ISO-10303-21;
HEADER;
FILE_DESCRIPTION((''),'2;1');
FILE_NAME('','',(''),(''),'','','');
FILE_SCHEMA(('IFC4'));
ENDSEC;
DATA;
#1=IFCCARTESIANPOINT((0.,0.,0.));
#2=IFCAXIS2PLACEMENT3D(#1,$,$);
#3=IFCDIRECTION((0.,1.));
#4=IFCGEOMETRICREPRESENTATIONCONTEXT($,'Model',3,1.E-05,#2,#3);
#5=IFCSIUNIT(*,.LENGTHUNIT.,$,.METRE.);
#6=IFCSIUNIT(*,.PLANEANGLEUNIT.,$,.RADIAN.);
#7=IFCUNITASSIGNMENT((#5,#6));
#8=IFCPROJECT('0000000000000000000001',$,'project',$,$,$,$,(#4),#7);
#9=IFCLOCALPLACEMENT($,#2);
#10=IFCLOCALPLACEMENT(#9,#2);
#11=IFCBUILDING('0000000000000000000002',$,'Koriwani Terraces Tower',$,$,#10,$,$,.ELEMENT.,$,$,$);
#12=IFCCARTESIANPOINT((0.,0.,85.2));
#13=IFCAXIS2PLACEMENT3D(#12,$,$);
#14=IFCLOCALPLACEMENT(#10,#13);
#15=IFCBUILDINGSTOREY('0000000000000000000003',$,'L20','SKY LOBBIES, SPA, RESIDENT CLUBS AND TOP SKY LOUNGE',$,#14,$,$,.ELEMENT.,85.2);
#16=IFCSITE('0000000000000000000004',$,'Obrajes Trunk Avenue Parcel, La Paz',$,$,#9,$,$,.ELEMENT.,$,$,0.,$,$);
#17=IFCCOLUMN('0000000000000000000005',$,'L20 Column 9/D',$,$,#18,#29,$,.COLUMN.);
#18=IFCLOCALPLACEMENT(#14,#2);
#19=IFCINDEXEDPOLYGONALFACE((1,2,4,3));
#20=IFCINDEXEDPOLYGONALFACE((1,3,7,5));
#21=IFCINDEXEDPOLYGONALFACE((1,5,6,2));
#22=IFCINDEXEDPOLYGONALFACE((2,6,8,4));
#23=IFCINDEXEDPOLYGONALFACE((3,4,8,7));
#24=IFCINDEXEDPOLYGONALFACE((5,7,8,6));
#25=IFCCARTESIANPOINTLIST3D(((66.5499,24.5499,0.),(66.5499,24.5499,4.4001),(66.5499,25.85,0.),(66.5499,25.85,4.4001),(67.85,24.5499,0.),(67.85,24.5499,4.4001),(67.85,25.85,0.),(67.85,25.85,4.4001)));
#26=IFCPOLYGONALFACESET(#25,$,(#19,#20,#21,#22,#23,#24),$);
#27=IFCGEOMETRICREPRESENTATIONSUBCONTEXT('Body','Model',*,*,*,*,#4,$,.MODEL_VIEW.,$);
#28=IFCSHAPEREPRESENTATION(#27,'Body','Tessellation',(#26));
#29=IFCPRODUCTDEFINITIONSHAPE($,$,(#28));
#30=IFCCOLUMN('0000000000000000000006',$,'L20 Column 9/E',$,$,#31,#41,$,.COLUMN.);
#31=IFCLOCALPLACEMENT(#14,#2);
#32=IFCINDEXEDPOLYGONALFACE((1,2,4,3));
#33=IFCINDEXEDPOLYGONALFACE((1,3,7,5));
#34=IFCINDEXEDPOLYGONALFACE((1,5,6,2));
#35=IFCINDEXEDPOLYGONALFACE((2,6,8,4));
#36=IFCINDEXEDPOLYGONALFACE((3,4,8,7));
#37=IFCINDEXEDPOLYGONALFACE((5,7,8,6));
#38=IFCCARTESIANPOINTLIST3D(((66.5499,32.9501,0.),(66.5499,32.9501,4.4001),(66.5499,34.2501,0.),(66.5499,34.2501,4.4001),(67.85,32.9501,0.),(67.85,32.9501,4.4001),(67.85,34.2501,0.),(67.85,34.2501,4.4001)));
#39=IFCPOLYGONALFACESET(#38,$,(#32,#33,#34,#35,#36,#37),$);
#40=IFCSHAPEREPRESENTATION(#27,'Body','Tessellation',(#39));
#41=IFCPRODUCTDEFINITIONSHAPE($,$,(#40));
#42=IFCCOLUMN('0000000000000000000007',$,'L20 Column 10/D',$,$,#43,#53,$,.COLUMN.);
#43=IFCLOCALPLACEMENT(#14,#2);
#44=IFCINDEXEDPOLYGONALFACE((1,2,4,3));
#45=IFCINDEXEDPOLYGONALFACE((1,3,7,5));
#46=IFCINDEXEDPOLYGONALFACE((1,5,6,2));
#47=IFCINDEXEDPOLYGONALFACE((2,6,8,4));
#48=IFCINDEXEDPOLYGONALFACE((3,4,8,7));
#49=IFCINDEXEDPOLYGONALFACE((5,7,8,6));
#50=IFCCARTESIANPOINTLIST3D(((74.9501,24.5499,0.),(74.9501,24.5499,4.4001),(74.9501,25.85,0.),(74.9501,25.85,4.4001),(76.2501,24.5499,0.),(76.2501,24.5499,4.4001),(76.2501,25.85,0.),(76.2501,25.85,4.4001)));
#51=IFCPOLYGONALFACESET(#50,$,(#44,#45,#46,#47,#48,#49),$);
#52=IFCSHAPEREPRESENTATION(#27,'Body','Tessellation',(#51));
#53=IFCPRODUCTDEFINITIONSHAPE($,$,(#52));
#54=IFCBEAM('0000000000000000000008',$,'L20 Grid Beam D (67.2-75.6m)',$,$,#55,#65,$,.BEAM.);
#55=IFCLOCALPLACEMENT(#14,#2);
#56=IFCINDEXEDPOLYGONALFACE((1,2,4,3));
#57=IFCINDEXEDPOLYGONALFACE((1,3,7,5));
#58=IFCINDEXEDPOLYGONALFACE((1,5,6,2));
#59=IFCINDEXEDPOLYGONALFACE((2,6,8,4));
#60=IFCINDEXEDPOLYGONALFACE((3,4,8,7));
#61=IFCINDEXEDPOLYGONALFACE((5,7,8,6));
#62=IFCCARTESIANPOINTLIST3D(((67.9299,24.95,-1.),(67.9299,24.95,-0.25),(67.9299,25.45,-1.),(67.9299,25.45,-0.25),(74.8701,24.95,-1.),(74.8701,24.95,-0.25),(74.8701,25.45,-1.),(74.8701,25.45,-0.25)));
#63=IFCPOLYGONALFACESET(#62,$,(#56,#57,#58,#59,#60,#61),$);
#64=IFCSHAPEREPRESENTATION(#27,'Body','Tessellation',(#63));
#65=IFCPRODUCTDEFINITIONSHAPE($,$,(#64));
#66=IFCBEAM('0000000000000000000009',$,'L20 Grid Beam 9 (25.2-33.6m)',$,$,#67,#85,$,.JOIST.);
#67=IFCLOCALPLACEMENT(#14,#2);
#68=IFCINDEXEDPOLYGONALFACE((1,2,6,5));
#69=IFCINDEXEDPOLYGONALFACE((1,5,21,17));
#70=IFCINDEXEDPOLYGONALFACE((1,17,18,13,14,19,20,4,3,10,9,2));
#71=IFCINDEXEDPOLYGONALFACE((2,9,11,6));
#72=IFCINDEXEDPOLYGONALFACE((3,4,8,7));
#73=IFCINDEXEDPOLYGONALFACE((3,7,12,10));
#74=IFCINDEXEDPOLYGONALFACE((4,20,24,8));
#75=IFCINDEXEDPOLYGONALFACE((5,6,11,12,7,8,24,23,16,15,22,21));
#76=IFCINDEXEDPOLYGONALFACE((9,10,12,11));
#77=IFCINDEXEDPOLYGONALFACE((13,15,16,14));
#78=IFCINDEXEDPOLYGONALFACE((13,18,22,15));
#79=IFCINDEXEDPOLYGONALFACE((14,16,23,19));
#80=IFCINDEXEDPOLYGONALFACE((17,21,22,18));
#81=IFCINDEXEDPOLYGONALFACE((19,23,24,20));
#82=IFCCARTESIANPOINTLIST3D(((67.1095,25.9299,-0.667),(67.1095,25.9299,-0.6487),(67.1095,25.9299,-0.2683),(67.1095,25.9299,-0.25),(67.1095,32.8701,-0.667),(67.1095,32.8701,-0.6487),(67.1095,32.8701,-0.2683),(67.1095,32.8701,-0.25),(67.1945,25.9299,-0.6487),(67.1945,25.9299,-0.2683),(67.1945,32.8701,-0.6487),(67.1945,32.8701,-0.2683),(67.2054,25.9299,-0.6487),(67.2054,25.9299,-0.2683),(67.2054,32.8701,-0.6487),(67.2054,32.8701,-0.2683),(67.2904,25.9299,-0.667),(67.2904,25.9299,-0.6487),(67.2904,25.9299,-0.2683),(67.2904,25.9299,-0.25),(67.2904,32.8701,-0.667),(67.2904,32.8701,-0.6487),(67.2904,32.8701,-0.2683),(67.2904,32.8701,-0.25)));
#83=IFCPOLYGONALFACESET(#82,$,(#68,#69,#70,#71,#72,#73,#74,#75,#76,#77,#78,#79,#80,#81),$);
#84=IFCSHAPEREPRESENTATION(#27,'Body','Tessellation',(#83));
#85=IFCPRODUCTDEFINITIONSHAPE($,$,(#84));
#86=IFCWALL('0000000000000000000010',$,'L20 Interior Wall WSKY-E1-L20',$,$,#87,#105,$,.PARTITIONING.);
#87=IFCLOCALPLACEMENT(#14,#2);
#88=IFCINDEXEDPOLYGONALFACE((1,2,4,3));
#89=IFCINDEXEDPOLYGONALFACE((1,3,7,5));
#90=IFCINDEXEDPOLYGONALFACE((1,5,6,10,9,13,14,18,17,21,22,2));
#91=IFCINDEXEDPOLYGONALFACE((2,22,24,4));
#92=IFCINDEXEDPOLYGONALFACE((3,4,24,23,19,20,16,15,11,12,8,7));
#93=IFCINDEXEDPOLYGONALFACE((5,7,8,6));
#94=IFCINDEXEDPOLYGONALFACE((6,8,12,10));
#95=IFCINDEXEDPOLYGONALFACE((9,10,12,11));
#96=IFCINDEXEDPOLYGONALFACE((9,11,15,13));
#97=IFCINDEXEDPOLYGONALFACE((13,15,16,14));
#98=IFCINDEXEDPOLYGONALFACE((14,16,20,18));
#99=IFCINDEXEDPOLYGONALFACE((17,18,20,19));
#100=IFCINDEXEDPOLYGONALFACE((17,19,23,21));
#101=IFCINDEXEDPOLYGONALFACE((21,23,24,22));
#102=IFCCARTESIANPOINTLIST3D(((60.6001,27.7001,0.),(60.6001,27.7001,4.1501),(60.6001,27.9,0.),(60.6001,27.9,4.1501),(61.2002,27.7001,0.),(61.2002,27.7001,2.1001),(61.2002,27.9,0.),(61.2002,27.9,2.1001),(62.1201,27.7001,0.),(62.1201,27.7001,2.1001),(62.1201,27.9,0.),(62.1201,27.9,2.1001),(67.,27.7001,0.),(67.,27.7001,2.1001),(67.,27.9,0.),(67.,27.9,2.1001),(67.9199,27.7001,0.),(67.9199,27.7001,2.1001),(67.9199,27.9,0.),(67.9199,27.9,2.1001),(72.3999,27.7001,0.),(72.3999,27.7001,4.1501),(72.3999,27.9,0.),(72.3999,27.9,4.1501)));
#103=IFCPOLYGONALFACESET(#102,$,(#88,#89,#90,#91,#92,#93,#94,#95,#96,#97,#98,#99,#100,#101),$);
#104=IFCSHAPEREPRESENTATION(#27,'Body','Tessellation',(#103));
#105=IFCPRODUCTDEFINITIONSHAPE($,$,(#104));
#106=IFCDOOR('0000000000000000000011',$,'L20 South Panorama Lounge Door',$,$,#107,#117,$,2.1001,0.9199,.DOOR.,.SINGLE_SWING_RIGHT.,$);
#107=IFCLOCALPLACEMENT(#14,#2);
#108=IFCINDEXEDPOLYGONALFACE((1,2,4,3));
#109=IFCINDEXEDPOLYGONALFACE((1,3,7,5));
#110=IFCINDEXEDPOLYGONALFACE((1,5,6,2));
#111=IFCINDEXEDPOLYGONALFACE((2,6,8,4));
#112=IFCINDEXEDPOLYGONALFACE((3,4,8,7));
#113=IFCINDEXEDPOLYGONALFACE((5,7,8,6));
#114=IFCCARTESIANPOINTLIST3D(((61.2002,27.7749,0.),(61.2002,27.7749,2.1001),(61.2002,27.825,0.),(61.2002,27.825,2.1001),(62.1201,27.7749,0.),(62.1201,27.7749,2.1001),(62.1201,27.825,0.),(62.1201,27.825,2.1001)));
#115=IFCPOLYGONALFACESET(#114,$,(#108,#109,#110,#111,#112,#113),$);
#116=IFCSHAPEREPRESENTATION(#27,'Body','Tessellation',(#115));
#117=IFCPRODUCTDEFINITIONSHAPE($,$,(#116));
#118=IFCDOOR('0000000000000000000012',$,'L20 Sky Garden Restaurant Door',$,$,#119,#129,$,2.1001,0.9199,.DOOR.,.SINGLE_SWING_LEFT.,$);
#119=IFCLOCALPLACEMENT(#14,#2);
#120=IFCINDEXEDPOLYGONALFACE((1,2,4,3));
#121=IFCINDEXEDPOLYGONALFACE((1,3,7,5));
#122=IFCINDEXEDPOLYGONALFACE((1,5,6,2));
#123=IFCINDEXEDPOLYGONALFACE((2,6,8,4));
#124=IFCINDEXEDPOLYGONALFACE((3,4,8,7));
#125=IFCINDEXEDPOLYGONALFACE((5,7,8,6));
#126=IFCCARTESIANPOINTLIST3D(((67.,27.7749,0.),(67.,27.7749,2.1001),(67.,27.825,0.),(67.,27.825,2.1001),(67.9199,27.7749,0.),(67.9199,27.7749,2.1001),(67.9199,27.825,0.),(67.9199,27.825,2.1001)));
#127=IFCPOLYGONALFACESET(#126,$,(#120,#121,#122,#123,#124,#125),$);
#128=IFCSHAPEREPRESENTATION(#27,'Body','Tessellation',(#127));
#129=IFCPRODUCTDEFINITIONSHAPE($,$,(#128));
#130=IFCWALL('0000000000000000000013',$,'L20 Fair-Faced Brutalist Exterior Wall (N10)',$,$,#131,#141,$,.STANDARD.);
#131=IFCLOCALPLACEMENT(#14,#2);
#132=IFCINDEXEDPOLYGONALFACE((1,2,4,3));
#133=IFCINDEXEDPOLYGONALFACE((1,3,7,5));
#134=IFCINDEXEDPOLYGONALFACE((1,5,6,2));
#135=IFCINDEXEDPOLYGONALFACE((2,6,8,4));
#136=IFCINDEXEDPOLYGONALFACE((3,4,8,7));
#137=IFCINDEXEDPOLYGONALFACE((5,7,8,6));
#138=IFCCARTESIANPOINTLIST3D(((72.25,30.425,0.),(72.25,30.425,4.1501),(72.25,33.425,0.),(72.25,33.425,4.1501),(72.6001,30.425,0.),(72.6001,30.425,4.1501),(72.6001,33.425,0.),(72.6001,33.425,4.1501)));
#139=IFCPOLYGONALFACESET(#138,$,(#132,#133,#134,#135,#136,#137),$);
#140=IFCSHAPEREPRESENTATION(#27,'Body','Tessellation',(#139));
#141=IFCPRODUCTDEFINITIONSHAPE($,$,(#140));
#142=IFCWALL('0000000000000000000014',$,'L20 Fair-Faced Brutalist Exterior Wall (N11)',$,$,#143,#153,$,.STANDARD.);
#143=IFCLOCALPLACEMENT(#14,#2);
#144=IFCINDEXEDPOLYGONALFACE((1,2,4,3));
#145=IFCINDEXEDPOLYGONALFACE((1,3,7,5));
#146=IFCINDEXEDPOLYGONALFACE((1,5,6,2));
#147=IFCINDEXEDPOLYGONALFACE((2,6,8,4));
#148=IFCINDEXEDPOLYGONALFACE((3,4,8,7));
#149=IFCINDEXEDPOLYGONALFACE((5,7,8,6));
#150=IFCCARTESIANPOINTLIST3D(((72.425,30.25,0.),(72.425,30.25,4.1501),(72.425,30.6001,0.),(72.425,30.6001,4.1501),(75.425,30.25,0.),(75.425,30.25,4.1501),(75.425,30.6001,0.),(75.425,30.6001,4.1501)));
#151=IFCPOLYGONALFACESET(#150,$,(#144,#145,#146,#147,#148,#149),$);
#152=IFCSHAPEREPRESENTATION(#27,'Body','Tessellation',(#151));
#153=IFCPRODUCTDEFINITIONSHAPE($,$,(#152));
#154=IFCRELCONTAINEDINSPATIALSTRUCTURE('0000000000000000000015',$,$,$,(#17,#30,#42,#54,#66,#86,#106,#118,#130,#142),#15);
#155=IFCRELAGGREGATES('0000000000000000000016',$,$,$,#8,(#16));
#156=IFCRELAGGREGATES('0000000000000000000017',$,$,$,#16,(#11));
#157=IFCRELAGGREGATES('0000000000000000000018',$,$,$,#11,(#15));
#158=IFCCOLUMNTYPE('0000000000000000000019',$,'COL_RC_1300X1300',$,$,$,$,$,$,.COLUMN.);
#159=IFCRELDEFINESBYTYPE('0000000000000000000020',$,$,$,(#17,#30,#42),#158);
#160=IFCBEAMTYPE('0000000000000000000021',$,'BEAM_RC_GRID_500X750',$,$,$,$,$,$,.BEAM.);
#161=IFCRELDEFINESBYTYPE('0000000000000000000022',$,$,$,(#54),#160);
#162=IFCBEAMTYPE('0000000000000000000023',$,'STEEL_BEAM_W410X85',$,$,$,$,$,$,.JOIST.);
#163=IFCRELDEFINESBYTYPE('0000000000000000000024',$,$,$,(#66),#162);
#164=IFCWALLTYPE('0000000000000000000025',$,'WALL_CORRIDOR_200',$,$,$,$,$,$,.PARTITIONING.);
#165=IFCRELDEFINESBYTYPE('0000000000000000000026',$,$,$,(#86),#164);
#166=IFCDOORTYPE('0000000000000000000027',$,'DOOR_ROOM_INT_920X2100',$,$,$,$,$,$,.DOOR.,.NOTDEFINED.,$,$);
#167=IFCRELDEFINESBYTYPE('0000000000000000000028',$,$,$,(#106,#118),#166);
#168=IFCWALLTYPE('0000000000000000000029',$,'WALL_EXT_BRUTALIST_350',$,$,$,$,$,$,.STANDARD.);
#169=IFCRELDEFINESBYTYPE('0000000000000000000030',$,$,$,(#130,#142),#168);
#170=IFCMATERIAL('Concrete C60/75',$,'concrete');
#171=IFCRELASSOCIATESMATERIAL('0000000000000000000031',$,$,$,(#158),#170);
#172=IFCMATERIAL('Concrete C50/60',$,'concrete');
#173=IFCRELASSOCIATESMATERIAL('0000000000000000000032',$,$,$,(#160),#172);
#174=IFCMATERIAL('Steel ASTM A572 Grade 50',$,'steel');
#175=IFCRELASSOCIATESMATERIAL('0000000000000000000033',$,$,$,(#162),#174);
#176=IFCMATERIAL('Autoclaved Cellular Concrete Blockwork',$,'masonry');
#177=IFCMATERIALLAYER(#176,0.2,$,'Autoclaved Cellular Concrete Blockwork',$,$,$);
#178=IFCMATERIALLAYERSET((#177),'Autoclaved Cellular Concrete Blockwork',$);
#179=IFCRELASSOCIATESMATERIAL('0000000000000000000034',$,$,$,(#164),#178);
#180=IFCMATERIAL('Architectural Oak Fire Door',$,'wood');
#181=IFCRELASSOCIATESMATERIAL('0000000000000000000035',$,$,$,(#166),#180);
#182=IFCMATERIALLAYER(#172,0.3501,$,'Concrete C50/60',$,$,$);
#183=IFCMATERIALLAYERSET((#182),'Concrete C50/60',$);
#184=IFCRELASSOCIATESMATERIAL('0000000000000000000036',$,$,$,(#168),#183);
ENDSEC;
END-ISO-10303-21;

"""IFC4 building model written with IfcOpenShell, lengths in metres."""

from ifc_helpers import new_model, si_unit, direction, frame, frame_2d, origin, origin_2d, place, context, subcontext, project, spatial, rectangle, i_section, extrude, material, layer, layer_set, material_profile, profile_set, type_object, element, fill, save


model = new_model("IFC4")

# Units and contexts
model_context = context("Model", 3, precision=1e-05, world=origin(), true_north=direction((0.0, 1.0)))
body_context = subcontext(model_context, "Body", "Model", "MODEL_VIEW")
ifc_project = project(units=[si_unit("LENGTHUNIT", "METRE"), si_unit("PLANEANGLEUNIT", "RADIAN")], contexts=[model_context])

# Site, building, storey
site_placement = place(None, origin())
site = spatial("IfcSite", under=ifc_project, at=site_placement, Name="Obrajes Trunk Avenue Parcel, La Paz", CompositionType="ELEMENT", RefElevation=0.0)
building_placement = place(site_placement, origin())
building = spatial("IfcBuilding", under=site, at=building_placement, Name="Koriwani Terraces Tower", CompositionType="ELEMENT")
storey_placement = place(building_placement, frame((0.0, 0.0, 85.2)))
storey = spatial("IfcBuildingStorey", under=building, at=storey_placement, Name="L20", Description="SKY LOBBIES, SPA, RESIDENT CLUBS AND TOP SKY LOUNGE", CompositionType="ELEMENT", Elevation=85.2)

# Columns
ifc_material_1 = material(Name="Concrete C60/75", Category="concrete")
ifc_material_profile_1 = material_profile(ifc_material_1, rectangle(XDim=1.3, YDim=1.3, at=origin_2d()), Name="Concrete C60/75", Category="LoadBearing")
ifc_profile_set_1 = profile_set([ifc_material_profile_1], Name="Concrete C60/75")
column_type = type_object("IfcColumnType", Name="COL_RC_1300X1300", PredefinedType="COLUMN", material=ifc_profile_set_1)
for number, where, z_axis, x_axis, name in (
    (1, (67.2, 25.2, 0.0), (0.0, 0.0, 1.0), (1.0, 0.0, 0.0), "L20 Column 9/D"),
    (2, (67.2, 33.6001, 0.0), (0.0, 0.0, 1.0), (1.0, 0.0, 0.0), "L20 Column 9/E"),
    (3, (75.6001, 25.2, 0.0), (0.0, 0.0, 1.0), (1.0, 0.0, 0.0), "L20 Column 10/D"),
):
    element("IfcColumn", number, at=place(storey_placement, frame(where, z_axis=z_axis, x_axis=x_axis)), inside=storey, type_object=column_type, Name=name, PredefinedType="COLUMN", context=body_context, shape_type="SweptSolid", body=[
        extrude(rectangle(XDim=1.3, YDim=1.3, at=origin_2d()), origin(), (0.0, 0.0, 1.0), 4.4001),
    ])

# Beams
ifc_material_2 = material(Name="Concrete C50/60", Category="concrete")
ifc_material_profile_2 = material_profile(ifc_material_2, rectangle(XDim=0.5, YDim=0.75, at=origin_2d()), Name="Concrete C50/60", Category="LoadBearing")
ifc_profile_set_2 = profile_set([ifc_material_profile_2], Name="Concrete C50/60")
beam_type_1 = type_object("IfcBeamType", Name="BEAM_RC_GRID_500X750", PredefinedType="BEAM", material=ifc_profile_set_2)
beam_1_placement = place(storey_placement, frame((67.9299, 25.2, -0.625), z_axis=(1.0, 0.0, 0.0), x_axis=(0.0, 1.0, 0.0)))
element("IfcBeam", 4, at=beam_1_placement, inside=storey, type_object=beam_type_1, Name="L20 Grid Beam D (67.2-75.6m)", PredefinedType="BEAM", context=body_context, shape_type="SweptSolid", body=[
    extrude(rectangle(XDim=0.5, YDim=0.75, at=origin_2d()), origin(), (0.0, 0.0, 1.0), 6.9402),
])
ifc_material_3 = material(Name="Steel ASTM A572 Grade 50", Category="steel")
ifc_material_profile_3 = material_profile(ifc_material_3, i_section(OverallWidth=0.1809, OverallDepth=0.417, WebThickness=0.011, FlangeThickness=0.0183, at=origin_2d()), Name="Steel ASTM A572 Grade 50", Category="LoadBearing")
ifc_profile_set_3 = profile_set([ifc_material_profile_3], Name="Steel ASTM A572 Grade 50")
beam_type_2 = type_object("IfcBeamType", Name="STEEL_BEAM_W410X85", PredefinedType="JOIST", material=ifc_profile_set_3)
beam_2_placement = place(storey_placement, frame((67.2, 25.9299, -0.4585), z_axis=(0.0, 1.0, 0.0), x_axis=(-1.0, 0.0, 0.0)))
element("IfcBeam", 5, at=beam_2_placement, inside=storey, type_object=beam_type_2, Name="L20 Grid Beam 9 (25.2-33.6m)", PredefinedType="JOIST", context=body_context, shape_type="SweptSolid", body=[
    extrude(i_section(OverallWidth=0.1809, OverallDepth=0.417, WebThickness=0.011, FlangeThickness=0.0183, at=origin_2d()), origin(), (0.0, 0.0, 1.0), 6.9402),
])

# Wall, openings, doors
ifc_material_4 = material(Name="Autoclaved Cellular Concrete Blockwork", Category="masonry")
ifc_layer_1 = layer(ifc_material_4, 0.2, Name="Autoclaved Cellular Concrete Blockwork")
ifc_layer_set_1 = layer_set([ifc_layer_1], Name="Autoclaved Cellular Concrete Blockwork")
wall_type_1 = type_object("IfcWallType", Name="WALL_CORRIDOR_200", PredefinedType="PARTITIONING", material=ifc_layer_set_1)
wall_1_placement = place(storey_placement, frame((60.6001, 27.8, 0.0), z_axis=(0.0, 0.0, 1.0), x_axis=(1.0, 0.0, 0.0)))
wall_1 = element("IfcWall", 6, at=wall_1_placement, inside=storey, type_object=wall_type_1, Name="L20 Interior Wall WSKY-E1-L20", PredefinedType="PARTITIONING", context=body_context, shape_type="SweptSolid", body=[
    extrude(rectangle(XDim=11.7998, YDim=0.2, at=frame_2d((5.8999, 0.0))), origin(), (0.0, 0.0, 1.0), 4.1501),
])
opening_1_placement = place(wall_1_placement, frame((0.6001, 0.0, 0.0)))
opening_1 = element("IfcOpeningElement", 7, at=opening_1_placement, cuts=wall_1, PredefinedType="OPENING", context=body_context, shape_type="SweptSolid", body=[
    extrude(rectangle(XDim=0.9199, YDim=2.1001, at=frame_2d((0.46, 1.05))), frame((0.0, 0.1099, 0.0), z_axis=(0.0, -1.0, 0.0), x_axis=(1.0, 0.0, 0.0)), (0.0, 0.0, 1.0), 0.22),
])
opening_2_placement = place(wall_1_placement, frame((6.3999, 0.0, 0.0)))
opening_2 = element("IfcOpeningElement", 8, at=opening_2_placement, cuts=wall_1, PredefinedType="OPENING", context=body_context, shape_type="SweptSolid", body=[
    extrude(rectangle(XDim=0.9199, YDim=2.1001, at=frame_2d((0.46, 1.05))), frame((0.0, 0.1099, 0.0), z_axis=(0.0, -1.0, 0.0), x_axis=(1.0, 0.0, 0.0)), (0.0, 0.0, 1.0), 0.22),
])
ifc_material_5 = material(Name="Architectural Oak Fire Door", Category="wood")
door_type_1 = type_object("IfcDoorType", Name="DOOR_ROOM_INT_920X2100", OperationType="NOTDEFINED", PredefinedType="DOOR", material=ifc_material_5)
door_1_placement = place(opening_1_placement, origin())
door_1 = element("IfcDoor", 9, at=door_1_placement, inside=storey, type_object=door_type_1, Name="L20 South Panorama Lounge Door", OperationType="SINGLE_SWING_RIGHT", OverallHeight=2.1001, OverallWidth=0.9199, PredefinedType="DOOR", context=body_context, shape_type="SweptSolid", body=[
    extrude(rectangle(XDim=0.9199, YDim=2.1001, at=frame_2d((0.46, 1.05))), frame((0.0, 0.0249, 0.0), z_axis=(0.0, -1.0, 0.0), x_axis=(1.0, 0.0, 0.0)), (0.0, 0.0, 1.0), 0.05),
])
fill(opening_1, door_1)
door_2_placement = place(opening_2_placement, origin())
door_2 = element("IfcDoor", 10, at=door_2_placement, inside=storey, type_object=door_type_1, Name="L20 Sky Garden Restaurant Door", OperationType="SINGLE_SWING_LEFT", OverallHeight=2.1001, OverallWidth=0.9199, PredefinedType="DOOR", context=body_context, shape_type="SweptSolid", body=[
    extrude(rectangle(XDim=0.9199, YDim=2.1001, at=frame_2d((0.46, 1.05))), frame((0.0, 0.0249, 0.0), z_axis=(0.0, -1.0, 0.0), x_axis=(1.0, 0.0, 0.0)), (0.0, 0.0, 1.0), 0.05),
])
fill(opening_2, door_2)

# Walls
ifc_layer_2 = layer(ifc_material_2, 0.3501, Name="Concrete C50/60")
ifc_layer_set_2 = layer_set([ifc_layer_2], Name="Concrete C50/60")
wall_type_2 = type_object("IfcWallType", Name="WALL_EXT_BRUTALIST_350", PredefinedType="STANDARD", material=ifc_layer_set_2)
for number, where, z_axis, x_axis, name in (
    (11, (72.425, 33.425, 0.0), (0.0, 0.0, 1.0), (0.0, -1.0, 0.0), "L20 Fair-Faced Brutalist Exterior Wall (N10)"),
    (12, (72.425, 30.425, 0.0), (0.0, 0.0, 1.0), (1.0, 0.0, 0.0), "L20 Fair-Faced Brutalist Exterior Wall (N11)"),
):
    element("IfcWall", number, at=place(storey_placement, frame(where, z_axis=z_axis, x_axis=x_axis)), inside=storey, type_object=wall_type_2, Name=name, PredefinedType="STANDARD", context=body_context, shape_type="SweptSolid", body=[
        extrude(rectangle(XDim=3.0, YDim=0.3501, at=frame_2d((1.5, 0.0))), origin(), (0.0, 0.0, 1.0), 4.1501),
    ])

save(model, "model.ifc")
